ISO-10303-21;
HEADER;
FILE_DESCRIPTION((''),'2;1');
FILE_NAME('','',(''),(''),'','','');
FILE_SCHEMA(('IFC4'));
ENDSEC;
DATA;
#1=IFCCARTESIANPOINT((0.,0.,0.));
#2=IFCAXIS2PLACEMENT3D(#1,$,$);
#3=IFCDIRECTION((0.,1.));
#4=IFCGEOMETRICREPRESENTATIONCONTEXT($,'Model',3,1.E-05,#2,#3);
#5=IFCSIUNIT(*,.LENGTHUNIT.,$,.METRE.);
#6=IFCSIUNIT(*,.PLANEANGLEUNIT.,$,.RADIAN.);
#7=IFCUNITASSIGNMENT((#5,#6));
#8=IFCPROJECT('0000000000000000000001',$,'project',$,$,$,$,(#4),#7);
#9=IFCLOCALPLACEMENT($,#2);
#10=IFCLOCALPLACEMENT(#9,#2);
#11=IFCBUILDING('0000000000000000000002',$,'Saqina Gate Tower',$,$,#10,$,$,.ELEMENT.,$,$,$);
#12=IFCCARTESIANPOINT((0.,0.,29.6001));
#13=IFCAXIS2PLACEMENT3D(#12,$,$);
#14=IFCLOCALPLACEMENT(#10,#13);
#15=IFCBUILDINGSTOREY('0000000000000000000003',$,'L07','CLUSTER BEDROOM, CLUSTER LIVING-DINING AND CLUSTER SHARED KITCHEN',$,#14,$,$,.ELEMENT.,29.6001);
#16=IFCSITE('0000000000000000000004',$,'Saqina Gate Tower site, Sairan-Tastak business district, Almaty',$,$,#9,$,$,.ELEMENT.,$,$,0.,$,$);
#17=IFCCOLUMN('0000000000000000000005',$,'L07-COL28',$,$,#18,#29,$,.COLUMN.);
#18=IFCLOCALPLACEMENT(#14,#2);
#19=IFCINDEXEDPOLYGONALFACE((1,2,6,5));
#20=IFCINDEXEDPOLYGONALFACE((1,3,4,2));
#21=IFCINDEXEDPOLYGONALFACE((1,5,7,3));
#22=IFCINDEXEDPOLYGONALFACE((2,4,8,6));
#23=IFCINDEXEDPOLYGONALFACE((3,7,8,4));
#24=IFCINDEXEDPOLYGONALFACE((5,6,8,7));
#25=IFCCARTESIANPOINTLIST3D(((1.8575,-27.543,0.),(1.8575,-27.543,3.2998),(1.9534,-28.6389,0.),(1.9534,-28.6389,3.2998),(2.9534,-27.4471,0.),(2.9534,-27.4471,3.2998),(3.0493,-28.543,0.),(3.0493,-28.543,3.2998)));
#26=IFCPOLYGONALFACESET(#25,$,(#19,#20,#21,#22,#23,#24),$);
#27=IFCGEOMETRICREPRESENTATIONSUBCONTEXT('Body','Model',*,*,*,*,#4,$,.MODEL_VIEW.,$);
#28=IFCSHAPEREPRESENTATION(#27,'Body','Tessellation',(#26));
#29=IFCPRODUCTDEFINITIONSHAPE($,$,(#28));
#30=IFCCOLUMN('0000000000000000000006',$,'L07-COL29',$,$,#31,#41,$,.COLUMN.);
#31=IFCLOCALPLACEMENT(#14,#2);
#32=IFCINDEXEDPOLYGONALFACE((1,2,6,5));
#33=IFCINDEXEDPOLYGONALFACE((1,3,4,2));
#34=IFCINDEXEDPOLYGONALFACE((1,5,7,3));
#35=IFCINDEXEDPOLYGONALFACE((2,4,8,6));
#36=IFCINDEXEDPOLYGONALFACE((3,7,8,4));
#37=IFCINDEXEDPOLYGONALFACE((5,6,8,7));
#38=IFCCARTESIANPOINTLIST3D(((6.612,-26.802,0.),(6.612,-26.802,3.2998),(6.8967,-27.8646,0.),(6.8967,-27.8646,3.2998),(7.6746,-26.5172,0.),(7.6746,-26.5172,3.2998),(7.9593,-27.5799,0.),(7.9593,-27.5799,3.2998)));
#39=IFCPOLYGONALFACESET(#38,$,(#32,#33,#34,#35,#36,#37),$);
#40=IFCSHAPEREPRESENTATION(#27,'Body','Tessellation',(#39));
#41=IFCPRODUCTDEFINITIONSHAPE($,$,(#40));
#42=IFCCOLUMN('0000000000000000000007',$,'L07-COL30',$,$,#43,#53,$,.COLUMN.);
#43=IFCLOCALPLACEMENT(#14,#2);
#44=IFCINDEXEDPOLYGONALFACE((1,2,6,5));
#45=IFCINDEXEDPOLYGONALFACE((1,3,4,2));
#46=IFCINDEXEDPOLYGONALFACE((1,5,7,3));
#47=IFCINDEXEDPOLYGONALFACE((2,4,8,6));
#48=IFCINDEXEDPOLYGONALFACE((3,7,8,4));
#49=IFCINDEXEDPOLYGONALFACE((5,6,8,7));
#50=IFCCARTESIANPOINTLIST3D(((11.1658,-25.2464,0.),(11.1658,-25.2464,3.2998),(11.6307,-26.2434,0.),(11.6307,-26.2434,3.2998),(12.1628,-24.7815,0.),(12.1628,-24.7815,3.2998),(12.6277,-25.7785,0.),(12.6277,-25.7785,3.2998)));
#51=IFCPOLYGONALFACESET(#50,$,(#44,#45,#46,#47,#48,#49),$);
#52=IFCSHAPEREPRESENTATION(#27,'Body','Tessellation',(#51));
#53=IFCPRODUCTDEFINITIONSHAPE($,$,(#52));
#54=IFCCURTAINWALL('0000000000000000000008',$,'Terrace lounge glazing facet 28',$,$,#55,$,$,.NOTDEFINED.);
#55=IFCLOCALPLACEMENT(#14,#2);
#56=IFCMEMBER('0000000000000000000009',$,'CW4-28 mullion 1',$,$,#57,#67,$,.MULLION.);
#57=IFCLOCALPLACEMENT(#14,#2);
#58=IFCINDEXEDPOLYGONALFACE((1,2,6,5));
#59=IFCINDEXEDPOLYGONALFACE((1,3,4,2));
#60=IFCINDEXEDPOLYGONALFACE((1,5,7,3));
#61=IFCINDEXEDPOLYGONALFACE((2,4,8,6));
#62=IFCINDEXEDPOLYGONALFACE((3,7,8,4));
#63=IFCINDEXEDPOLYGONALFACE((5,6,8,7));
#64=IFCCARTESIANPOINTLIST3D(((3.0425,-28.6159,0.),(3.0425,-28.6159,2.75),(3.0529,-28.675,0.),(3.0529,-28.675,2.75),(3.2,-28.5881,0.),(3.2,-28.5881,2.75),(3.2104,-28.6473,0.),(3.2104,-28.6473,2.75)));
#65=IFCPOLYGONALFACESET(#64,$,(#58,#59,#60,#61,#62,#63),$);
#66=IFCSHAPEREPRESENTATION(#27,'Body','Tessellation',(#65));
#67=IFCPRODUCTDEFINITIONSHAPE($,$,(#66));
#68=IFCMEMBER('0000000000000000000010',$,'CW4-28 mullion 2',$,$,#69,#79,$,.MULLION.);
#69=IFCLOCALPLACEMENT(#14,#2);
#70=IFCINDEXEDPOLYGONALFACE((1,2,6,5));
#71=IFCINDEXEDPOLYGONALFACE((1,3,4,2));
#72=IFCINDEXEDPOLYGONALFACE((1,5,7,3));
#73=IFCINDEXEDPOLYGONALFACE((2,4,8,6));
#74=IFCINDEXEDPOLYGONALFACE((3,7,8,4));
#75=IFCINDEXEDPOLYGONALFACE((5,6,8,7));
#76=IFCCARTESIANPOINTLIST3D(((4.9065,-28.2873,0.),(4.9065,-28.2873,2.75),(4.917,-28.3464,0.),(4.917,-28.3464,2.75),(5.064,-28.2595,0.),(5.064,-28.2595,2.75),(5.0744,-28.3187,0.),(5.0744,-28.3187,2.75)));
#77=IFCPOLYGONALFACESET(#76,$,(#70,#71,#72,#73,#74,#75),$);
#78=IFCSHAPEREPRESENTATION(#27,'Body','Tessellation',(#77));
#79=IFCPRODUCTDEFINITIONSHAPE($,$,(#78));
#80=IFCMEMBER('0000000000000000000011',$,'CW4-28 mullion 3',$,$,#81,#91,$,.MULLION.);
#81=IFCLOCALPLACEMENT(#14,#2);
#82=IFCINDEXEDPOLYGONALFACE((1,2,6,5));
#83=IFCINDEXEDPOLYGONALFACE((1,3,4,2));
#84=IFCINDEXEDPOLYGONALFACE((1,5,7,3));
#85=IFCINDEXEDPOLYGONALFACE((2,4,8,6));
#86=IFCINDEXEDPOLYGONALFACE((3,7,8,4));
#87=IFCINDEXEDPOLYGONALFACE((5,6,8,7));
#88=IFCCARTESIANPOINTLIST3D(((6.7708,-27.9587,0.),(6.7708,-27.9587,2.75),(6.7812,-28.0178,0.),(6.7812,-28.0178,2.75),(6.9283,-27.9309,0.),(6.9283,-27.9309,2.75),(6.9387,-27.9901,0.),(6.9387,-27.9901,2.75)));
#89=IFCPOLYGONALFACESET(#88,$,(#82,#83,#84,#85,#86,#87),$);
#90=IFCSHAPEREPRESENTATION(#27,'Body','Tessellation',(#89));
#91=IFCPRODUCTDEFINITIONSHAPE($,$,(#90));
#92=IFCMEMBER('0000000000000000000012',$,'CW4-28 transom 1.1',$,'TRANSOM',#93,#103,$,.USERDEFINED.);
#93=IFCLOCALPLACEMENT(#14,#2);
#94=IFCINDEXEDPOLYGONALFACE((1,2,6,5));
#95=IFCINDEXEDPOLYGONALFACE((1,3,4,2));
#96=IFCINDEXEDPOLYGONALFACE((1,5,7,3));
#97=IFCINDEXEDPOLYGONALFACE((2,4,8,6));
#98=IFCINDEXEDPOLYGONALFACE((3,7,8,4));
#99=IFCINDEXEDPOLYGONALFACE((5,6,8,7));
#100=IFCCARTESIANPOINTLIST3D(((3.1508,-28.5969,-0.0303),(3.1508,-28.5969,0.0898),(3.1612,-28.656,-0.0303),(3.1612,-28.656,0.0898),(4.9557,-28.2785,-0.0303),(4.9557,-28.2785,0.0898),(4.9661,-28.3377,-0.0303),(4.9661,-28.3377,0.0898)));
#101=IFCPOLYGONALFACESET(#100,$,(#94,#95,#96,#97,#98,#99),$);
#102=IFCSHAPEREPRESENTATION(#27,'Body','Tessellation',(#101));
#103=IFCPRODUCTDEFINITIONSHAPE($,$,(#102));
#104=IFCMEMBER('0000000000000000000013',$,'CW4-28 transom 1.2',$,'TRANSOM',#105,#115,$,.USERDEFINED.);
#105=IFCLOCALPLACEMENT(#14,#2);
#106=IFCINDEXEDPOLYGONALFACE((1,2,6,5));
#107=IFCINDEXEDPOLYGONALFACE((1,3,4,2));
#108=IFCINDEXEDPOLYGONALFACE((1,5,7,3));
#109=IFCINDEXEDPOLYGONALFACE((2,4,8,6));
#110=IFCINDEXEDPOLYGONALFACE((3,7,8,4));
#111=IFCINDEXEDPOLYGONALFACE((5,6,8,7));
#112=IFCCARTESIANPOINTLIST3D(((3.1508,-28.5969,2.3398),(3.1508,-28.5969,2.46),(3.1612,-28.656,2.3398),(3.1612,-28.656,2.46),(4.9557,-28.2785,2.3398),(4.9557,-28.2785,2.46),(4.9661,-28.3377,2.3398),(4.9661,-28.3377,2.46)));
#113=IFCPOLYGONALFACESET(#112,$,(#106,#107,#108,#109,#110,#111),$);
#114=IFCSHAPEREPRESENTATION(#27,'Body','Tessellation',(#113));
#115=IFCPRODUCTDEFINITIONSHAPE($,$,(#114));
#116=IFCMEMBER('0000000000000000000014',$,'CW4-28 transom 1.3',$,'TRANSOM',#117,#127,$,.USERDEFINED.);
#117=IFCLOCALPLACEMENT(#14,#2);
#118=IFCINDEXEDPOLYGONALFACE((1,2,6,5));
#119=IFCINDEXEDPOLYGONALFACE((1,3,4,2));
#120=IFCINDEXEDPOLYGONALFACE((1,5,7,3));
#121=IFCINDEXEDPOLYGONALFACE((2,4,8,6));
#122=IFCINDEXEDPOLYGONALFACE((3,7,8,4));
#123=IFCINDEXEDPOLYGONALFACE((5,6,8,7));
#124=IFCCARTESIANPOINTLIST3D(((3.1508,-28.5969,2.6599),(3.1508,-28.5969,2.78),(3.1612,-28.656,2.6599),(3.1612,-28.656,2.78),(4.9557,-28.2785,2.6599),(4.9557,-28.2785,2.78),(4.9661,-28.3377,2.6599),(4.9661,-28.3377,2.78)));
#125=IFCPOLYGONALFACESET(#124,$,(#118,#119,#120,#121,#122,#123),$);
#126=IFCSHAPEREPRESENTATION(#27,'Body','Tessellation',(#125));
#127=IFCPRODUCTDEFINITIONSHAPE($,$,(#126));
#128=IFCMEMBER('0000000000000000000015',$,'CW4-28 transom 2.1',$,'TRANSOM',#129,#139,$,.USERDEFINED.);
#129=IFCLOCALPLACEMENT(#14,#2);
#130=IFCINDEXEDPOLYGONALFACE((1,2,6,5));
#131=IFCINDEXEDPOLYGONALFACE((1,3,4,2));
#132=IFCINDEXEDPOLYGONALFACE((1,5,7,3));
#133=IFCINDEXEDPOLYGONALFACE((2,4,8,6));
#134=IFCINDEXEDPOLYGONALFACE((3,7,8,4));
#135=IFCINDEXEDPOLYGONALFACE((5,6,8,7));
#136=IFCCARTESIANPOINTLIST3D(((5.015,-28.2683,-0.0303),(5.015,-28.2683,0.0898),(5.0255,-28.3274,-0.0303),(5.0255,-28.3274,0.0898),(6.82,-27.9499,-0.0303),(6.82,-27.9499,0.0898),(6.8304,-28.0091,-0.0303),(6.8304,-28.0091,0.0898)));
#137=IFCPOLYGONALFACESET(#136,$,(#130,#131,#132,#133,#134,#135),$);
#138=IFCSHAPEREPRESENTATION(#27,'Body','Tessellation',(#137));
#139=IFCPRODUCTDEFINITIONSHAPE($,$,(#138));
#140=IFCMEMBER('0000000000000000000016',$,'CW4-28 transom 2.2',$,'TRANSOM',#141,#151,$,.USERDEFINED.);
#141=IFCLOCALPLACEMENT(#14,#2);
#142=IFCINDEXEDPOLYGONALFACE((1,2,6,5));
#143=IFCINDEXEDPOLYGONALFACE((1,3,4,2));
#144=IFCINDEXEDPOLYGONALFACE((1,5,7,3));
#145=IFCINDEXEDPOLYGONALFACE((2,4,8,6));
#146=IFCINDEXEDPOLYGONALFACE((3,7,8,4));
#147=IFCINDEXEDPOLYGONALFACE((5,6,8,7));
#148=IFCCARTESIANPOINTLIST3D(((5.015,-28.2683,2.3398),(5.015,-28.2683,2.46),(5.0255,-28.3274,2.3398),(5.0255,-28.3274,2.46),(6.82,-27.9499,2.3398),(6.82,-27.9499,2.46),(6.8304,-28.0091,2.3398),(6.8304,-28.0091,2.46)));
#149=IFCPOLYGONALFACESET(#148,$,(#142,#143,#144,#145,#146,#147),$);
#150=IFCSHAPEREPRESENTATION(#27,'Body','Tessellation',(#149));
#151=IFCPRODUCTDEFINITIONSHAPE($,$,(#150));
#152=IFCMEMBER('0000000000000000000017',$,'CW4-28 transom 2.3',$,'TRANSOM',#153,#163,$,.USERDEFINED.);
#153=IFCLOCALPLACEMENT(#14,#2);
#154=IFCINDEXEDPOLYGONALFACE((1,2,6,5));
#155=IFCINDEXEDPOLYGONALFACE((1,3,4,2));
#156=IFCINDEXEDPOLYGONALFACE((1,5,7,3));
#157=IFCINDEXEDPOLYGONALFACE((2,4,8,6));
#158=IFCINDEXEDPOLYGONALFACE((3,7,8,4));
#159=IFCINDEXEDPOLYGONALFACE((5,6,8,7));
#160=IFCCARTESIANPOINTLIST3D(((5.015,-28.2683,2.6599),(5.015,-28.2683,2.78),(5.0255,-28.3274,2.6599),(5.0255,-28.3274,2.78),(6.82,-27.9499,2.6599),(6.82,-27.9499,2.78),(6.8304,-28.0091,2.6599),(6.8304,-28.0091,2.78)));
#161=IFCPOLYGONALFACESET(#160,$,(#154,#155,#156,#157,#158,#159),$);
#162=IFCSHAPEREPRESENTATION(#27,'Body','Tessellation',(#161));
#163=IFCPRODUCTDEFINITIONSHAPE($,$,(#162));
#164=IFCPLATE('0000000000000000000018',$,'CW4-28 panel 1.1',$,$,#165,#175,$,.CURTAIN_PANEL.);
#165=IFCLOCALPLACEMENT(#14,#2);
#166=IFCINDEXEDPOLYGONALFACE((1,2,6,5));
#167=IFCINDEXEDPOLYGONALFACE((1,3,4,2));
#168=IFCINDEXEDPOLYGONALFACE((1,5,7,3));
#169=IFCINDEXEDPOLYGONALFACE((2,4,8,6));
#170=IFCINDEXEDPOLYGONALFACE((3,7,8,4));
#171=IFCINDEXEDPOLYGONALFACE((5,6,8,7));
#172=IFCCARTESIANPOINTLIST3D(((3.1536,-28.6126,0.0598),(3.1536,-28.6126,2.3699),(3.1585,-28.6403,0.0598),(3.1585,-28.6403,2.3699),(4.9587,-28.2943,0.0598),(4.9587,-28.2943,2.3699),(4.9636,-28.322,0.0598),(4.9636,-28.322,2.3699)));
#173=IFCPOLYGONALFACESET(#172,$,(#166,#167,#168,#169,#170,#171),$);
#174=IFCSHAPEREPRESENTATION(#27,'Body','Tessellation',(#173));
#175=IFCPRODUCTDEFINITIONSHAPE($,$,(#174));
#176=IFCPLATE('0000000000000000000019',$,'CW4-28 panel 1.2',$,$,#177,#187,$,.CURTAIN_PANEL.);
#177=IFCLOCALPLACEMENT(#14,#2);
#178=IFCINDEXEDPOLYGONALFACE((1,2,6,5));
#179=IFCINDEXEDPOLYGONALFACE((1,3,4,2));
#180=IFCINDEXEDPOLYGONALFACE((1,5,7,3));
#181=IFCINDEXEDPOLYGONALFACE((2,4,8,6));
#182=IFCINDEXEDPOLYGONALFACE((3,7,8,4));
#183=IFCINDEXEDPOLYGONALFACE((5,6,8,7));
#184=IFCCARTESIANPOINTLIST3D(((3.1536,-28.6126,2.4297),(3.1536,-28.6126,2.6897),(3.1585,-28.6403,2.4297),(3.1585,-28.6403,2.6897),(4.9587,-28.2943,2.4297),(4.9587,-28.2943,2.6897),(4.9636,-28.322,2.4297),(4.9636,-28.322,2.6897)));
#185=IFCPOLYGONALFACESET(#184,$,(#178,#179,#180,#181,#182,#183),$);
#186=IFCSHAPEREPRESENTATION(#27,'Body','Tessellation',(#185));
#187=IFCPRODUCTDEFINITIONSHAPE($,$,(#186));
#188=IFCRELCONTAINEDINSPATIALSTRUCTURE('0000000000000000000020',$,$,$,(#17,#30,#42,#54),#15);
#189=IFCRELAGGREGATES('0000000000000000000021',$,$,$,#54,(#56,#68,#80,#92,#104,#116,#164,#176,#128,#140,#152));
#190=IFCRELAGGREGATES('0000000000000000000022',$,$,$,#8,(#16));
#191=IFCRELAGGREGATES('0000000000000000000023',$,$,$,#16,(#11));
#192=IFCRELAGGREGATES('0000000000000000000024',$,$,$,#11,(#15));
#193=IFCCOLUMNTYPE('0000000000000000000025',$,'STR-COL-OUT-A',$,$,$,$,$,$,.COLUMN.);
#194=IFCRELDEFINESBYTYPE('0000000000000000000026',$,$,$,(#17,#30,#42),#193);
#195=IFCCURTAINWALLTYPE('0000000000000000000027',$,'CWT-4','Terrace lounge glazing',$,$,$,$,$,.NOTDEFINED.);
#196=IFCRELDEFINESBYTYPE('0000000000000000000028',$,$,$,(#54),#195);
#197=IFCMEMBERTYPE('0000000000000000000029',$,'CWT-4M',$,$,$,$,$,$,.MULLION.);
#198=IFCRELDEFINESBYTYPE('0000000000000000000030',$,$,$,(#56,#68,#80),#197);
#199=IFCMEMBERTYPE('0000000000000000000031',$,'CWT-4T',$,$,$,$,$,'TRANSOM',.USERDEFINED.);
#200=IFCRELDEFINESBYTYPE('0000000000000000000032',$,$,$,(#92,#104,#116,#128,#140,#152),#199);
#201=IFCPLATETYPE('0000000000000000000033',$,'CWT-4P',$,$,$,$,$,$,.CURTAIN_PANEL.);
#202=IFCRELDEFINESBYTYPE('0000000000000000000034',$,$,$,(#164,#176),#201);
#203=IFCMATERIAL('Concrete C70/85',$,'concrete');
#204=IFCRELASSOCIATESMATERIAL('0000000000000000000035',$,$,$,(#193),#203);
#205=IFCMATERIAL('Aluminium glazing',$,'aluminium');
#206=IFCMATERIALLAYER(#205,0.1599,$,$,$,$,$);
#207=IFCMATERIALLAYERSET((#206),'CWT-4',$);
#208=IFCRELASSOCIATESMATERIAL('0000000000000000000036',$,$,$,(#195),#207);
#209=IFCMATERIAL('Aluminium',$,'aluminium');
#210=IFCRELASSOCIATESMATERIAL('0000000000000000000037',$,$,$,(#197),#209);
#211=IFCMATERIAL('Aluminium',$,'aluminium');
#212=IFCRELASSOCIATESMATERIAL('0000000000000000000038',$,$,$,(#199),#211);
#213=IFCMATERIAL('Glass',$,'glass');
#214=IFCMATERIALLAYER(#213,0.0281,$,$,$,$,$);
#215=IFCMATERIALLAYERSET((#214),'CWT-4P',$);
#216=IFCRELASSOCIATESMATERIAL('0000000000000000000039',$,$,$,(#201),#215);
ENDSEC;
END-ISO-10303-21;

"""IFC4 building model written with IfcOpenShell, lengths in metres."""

from ifc_helpers import new_model, si_unit, direction, frame, origin, origin_2d, place, context, subcontext, project, spatial, rectangle, extrude, material, layer, layer_set, material_profile, profile_set, type_object, element, aggregate, save


model = new_model("IFC4")

# Units and contexts
model_context = context("Model", 3, precision=1e-05, world=origin(), true_north=direction((0.0, 1.0)))
body_context = subcontext(model_context, "Body", "Model", "MODEL_VIEW")
ifc_project = project(units=[si_unit("LENGTHUNIT", "METRE"), si_unit("PLANEANGLEUNIT", "RADIAN")], contexts=[model_context])

# Site, building, storey
site_placement = place(None, origin())
site = spatial("IfcSite", under=ifc_project, at=site_placement, Name="Saqina Gate Tower site, Sairan-Tastak business district, Almaty", CompositionType="ELEMENT", RefElevation=0.0)
building_placement = place(site_placement, origin())
building = spatial("IfcBuilding", under=site, at=building_placement, Name="Saqina Gate Tower", CompositionType="ELEMENT")
storey_placement = place(building_placement, frame((0.0, 0.0, 29.6001)))
storey = spatial("IfcBuildingStorey", under=building, at=storey_placement, Name="L07", Description="CLUSTER BEDROOM, CLUSTER LIVING-DINING AND CLUSTER SHARED KITCHEN", CompositionType="ELEMENT", Elevation=29.6001)

# Columns
ifc_material_1 = material(Name="Concrete C70/85", Category="concrete")
ifc_material_profile_1 = material_profile(ifc_material_1, rectangle(XDim=1.1001, YDim=1.1001, at=origin_2d()), Name="RC 1100x1100")
ifc_profile_set_1 = profile_set([ifc_material_profile_1], Name="Concrete C70/85")
column_type = type_object("IfcColumnType", Name="STR-COL-OUT-A", PredefinedType="COLUMN", material=ifc_profile_set_1)
for number, where, z_axis, x_axis, name in (
    (1, (2.4534, -28.043, 0.0), (0.0, 0.0, 1.0), (0.087156, -0.996195, 0.0), "L07-COL28"),
    (2, (7.2856, -27.1909, 0.0), (0.0, 0.0, 1.0), (0.258819, -0.965926, 0.0), "L07-COL29"),
    (3, (11.8967, -25.5125, 0.0), (0.0, 0.0, 1.0), (0.422618, -0.906308, 0.0), "L07-COL30"),
):
    element("IfcColumn", number, at=place(storey_placement, frame(where, z_axis=z_axis, x_axis=x_axis)), inside=storey, type_object=column_type, Name=name, PredefinedType="COLUMN", context=body_context, shape_type="SweptSolid", body=[
        extrude(rectangle(XDim=1.1001, YDim=1.1001, at=origin_2d()), origin(), (0.0, 0.0, 1.0), 3.2998),
    ])

# Curtain wall, members, plates
ifc_material_2 = material(Name="Aluminium glazing", Category="aluminium")
ifc_layer_1 = layer(ifc_material_2, 0.1599)
ifc_layer_set_1 = layer_set([ifc_layer_1], Name="CWT-4")
curtain_wall_type = type_object("IfcCurtainWallType", Name="CWT-4", Description="Terrace lounge glazing", PredefinedType="NOTDEFINED", material=ifc_layer_set_1)
curtain_wall_placement = place(storey_placement, origin())
curtain_wall = element("IfcCurtainWall", 4, at=curtain_wall_placement, inside=storey, type_object=curtain_wall_type, Name="Terrace lounge glazing facet 28", PredefinedType="NOTDEFINED")
ifc_material_3 = material(Name="Aluminium", Category="aluminium")
ifc_material_profile_2 = material_profile(ifc_material_3, rectangle(XDim=0.0601, YDim=0.1599, at=origin_2d()), Name="Aluminium 60x160")
ifc_profile_set_2 = profile_set([ifc_material_profile_2], Name="Aluminium")
member_type_1 = type_object("IfcMemberType", Name="CWT-4M", PredefinedType="MULLION", material=ifc_profile_set_2)
member_1_placement = place(storey_placement, frame((3.1265, -28.6316, 0.0), z_axis=(0.0, 0.0, 1.0), x_axis=(-0.173643, 0.984809, 0.0)))
member_1 = element("IfcMember", 5, at=member_1_placement, type_object=member_type_1, Name="CW4-28 mullion 1", PredefinedType="MULLION", context=body_context, shape_type="SweptSolid", body=[
    extrude(rectangle(XDim=0.0601, YDim=0.1599, at=origin_2d()), origin(), (0.0, 0.0, 1.0), 2.75),
])
member_2_placement = place(storey_placement, frame((4.9905, -28.303, 0.0), z_axis=(0.0, 0.0, 1.0), x_axis=(-0.173643, 0.984809, 0.0)))
member_2 = element("IfcMember", 6, at=member_2_placement, type_object=member_type_1, Name="CW4-28 mullion 2", PredefinedType="MULLION", context=body_context, shape_type="SweptSolid", body=[
    extrude(rectangle(XDim=0.0601, YDim=0.1599, at=origin_2d()), origin(), (0.0, 0.0, 1.0), 2.75),
])
member_3_placement = place(storey_placement, frame((6.8547, -27.9744, 0.0), z_axis=(0.0, 0.0, 1.0), x_axis=(-0.173643, 0.984809, 0.0)))
member_3 = element("IfcMember", 7, at=member_3_placement, type_object=member_type_1, Name="CW4-28 mullion 3", PredefinedType="MULLION", context=body_context, shape_type="SweptSolid", body=[
    extrude(rectangle(XDim=0.0601, YDim=0.1599, at=origin_2d()), origin(), (0.0, 0.0, 1.0), 2.75),
])
ifc_material_4 = material(Name="Aluminium", Category="aluminium")
ifc_material_profile_3 = material_profile(ifc_material_4, rectangle(XDim=0.0601, YDim=0.1201, at=origin_2d()), Name="Aluminium 60x120")
ifc_profile_set_3 = profile_set([ifc_material_profile_3], Name="Aluminium")
member_type_2 = type_object("IfcMemberType", Name="CWT-4T", ElementType="TRANSOM", PredefinedType="USERDEFINED", material=ifc_profile_set_3)
member_4_placement = place(storey_placement, frame((3.156, -28.6265, 0.0298), z_axis=(0.984798, 0.173702, 0.0), x_axis=(-0.173702, 0.984798, 0.0)))
member_4 = element("IfcMember", 8, at=member_4_placement, type_object=member_type_2, Name="CW4-28 transom 1.1", ObjectType="TRANSOM", PredefinedType="USERDEFINED", context=body_context, shape_type="SweptSolid", body=[
    extrude(rectangle(XDim=0.0601, YDim=0.1201, at=origin_2d()), origin(), (0.0, 0.0, 1.0), 1.8328),
])
member_5_placement = place(storey_placement, frame((3.156, -28.6265, 2.3999), z_axis=(0.984798, 0.173702, 0.0), x_axis=(-0.173702, 0.984798, 0.0)))
member_5 = element("IfcMember", 9, at=member_5_placement, type_object=member_type_2, Name="CW4-28 transom 1.2", ObjectType="TRANSOM", PredefinedType="USERDEFINED", context=body_context, shape_type="SweptSolid", body=[
    extrude(rectangle(XDim=0.0601, YDim=0.1201, at=origin_2d()), origin(), (0.0, 0.0, 1.0), 1.8328),
])
member_6_placement = place(storey_placement, frame((3.156, -28.6265, 2.72), z_axis=(0.984798, 0.173702, 0.0), x_axis=(-0.173702, 0.984798, 0.0)))
member_6 = element("IfcMember", 10, at=member_6_placement, type_object=member_type_2, Name="CW4-28 transom 1.3", ObjectType="TRANSOM", PredefinedType="USERDEFINED", context=body_context, shape_type="SweptSolid", body=[
    extrude(rectangle(XDim=0.0601, YDim=0.1201, at=origin_2d()), origin(), (0.0, 0.0, 1.0), 1.8328),
])
member_7_placement = place(storey_placement, frame((5.0203, -28.2979, 0.0298), z_axis=(0.984798, 0.173702, 0.0), x_axis=(-0.173702, 0.984798, 0.0)))
member_7 = element("IfcMember", 11, at=member_7_placement, type_object=member_type_2, Name="CW4-28 transom 2.1", ObjectType="TRANSOM", PredefinedType="USERDEFINED", context=body_context, shape_type="SweptSolid", body=[
    extrude(rectangle(XDim=0.0601, YDim=0.1201, at=origin_2d()), origin(), (0.0, 0.0, 1.0), 1.8328),
])
member_8_placement = place(storey_placement, frame((5.0203, -28.2979, 2.3999), z_axis=(0.984798, 0.173702, 0.0), x_axis=(-0.173702, 0.984798, 0.0)))
member_8 = element("IfcMember", 12, at=member_8_placement, type_object=member_type_2, Name="CW4-28 transom 2.2", ObjectType="TRANSOM", PredefinedType="USERDEFINED", context=body_context, shape_type="SweptSolid", body=[
    extrude(rectangle(XDim=0.0601, YDim=0.1201, at=origin_2d()), origin(), (0.0, 0.0, 1.0), 1.8328),
])
member_9_placement = place(storey_placement, frame((5.0203, -28.2979, 2.72), z_axis=(0.984798, 0.173702, 0.0), x_axis=(-0.173702, 0.984798, 0.0)))
member_9 = element("IfcMember", 13, at=member_9_placement, type_object=member_type_2, Name="CW4-28 transom 2.3", ObjectType="TRANSOM", PredefinedType="USERDEFINED", context=body_context, shape_type="SweptSolid", body=[
    extrude(rectangle(XDim=0.0601, YDim=0.1201, at=origin_2d()), origin(), (0.0, 0.0, 1.0), 1.8328),
])
ifc_material_5 = material(Name="Glass", Category="glass")
ifc_layer_2 = layer(ifc_material_5, 0.0281)
ifc_layer_set_2 = layer_set([ifc_layer_2], Name="CWT-4P")
plate_type = type_object("IfcPlateType", Name="CWT-4P", PredefinedType="CURTAIN_PANEL", material=ifc_layer_set_2)
plate_1_placement = place(storey_placement, frame((4.0586, -28.4673, 0.0598), z_axis=(0.0, 0.0, 1.0), x_axis=(0.984809, 0.173643, 0.0)))
plate_1 = element("IfcPlate", 14, at=plate_1_placement, type_object=plate_type, Name="CW4-28 panel 1.1", PredefinedType="CURTAIN_PANEL", context=body_context, shape_type="SweptSolid", body=[
    extrude(rectangle(XDim=1.833, YDim=0.0281, at=origin_2d()), origin(), (0.0, 0.0, 1.0), 2.3101),
])
plate_2_placement = place(storey_placement, frame((4.0586, -28.4673, 2.4297), z_axis=(0.0, 0.0, 1.0), x_axis=(0.984809, 0.173643, 0.0)))
plate_2 = element("IfcPlate", 15, at=plate_2_placement, type_object=plate_type, Name="CW4-28 panel 1.2", PredefinedType="CURTAIN_PANEL", context=body_context, shape_type="SweptSolid", body=[
    extrude(rectangle(XDim=1.833, YDim=0.0281, at=origin_2d()), origin(), (0.0, 0.0, 1.0), 0.26),
])
aggregate(curtain_wall, [member_1, member_2, member_3, member_4, member_5, member_6, plate_1, plate_2, member_7, member_8, member_9])

save(model, "model.ifc")
